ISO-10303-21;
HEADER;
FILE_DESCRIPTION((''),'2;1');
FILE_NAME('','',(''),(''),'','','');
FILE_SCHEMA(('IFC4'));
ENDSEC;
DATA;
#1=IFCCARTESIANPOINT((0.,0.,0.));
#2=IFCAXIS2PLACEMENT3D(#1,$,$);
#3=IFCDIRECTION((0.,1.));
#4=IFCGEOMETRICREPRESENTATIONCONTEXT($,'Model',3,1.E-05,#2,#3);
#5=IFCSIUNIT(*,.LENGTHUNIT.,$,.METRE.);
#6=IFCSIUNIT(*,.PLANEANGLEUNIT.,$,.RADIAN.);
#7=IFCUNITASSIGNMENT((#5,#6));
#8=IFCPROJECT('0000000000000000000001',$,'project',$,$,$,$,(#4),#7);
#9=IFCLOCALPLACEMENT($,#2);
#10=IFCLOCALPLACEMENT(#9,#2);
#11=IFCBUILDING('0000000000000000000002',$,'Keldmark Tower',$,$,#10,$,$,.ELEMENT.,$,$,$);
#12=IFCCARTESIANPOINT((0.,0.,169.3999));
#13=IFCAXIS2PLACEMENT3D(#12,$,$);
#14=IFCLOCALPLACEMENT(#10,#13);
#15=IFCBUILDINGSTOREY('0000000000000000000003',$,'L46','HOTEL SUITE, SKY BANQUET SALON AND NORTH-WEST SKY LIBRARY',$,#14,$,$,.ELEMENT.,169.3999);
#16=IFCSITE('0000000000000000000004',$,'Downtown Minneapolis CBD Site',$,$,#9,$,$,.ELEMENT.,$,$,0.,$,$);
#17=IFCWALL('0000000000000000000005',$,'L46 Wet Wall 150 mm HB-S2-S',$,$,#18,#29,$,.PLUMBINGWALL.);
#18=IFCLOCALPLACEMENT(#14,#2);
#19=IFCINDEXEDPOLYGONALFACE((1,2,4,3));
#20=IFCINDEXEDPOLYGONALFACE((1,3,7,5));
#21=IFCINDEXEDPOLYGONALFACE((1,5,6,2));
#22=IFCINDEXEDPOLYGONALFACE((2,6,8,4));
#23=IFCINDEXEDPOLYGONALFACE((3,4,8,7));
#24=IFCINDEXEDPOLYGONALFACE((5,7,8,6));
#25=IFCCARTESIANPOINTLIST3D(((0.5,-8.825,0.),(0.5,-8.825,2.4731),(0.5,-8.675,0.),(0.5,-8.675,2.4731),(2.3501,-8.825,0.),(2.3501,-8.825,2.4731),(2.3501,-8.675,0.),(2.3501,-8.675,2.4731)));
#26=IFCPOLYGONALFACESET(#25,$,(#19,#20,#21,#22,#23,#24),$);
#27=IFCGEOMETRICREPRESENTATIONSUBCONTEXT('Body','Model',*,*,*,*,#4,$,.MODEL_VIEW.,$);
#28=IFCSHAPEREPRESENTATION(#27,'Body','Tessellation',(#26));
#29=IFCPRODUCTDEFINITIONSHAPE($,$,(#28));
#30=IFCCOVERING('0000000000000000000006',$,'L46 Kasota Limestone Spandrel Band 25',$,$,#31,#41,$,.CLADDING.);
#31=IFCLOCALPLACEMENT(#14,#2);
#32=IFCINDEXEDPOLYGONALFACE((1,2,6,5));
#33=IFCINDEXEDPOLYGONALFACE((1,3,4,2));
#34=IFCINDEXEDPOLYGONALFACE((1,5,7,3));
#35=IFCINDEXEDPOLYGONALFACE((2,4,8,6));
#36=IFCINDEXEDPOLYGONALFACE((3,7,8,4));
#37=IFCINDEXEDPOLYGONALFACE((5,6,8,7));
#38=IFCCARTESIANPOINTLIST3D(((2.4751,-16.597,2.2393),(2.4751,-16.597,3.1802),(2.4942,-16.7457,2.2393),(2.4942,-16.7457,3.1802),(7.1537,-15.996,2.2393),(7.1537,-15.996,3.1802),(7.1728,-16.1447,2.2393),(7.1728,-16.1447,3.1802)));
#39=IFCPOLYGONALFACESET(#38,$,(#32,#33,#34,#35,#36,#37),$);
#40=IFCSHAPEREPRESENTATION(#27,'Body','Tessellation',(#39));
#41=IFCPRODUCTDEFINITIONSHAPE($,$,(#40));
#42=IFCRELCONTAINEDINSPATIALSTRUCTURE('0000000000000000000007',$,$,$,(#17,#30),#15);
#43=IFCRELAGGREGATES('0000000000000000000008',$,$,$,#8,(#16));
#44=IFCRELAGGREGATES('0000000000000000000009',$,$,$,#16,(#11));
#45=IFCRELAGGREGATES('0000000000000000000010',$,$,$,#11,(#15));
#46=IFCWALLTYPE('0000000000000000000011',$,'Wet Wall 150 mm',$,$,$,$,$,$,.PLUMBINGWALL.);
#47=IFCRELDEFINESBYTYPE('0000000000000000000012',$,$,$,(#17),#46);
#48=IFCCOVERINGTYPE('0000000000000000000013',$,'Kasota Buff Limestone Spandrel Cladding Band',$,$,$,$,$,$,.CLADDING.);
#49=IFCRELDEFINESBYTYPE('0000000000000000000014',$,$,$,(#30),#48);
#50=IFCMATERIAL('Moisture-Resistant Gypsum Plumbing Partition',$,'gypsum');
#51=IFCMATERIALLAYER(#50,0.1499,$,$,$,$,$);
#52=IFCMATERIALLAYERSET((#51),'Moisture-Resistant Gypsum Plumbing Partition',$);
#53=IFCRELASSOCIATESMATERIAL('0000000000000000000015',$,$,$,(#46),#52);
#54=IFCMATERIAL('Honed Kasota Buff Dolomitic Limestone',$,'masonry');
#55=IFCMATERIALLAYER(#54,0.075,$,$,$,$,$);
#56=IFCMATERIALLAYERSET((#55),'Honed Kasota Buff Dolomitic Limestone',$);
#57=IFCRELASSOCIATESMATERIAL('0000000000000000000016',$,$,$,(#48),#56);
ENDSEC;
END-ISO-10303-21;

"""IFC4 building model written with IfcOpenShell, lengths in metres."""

from ifc_helpers import new_model, si_unit, direction, frame, frame_2d, origin, origin_2d, place, context, subcontext, project, spatial, rectangle, extrude, material, layer, layer_set, type_object, element, save


model = new_model("IFC4")

# Units and contexts
model_context = context("Model", 3, precision=1e-05, world=origin(), true_north=direction((0.0, 1.0)))
body_context = subcontext(model_context, "Body", "Model", "MODEL_VIEW")
ifc_project = project(units=[si_unit("LENGTHUNIT", "METRE"), si_unit("PLANEANGLEUNIT", "RADIAN")], contexts=[model_context])

# Site, building, storey
site_placement = place(None, origin())
site = spatial("IfcSite", under=ifc_project, at=site_placement, Name="Downtown Minneapolis CBD Site", CompositionType="ELEMENT", RefElevation=0.0)
building_placement = place(site_placement, origin())
building = spatial("IfcBuilding", under=site, at=building_placement, Name="Keldmark Tower", CompositionType="ELEMENT")
storey_placement = place(building_placement, frame((0.0, 0.0, 169.3999)))
storey = spatial("IfcBuildingStorey", under=building, at=storey_placement, Name="L46", Description="HOTEL SUITE, SKY BANQUET SALON AND NORTH-WEST SKY LIBRARY", CompositionType="ELEMENT", Elevation=169.3999)

# Shared definitions
ifc_material_1 = material(Name="Moisture-Resistant Gypsum Plumbing Partition", Category="gypsum")
ifc_layer_1 = layer(ifc_material_1, 0.1499)
ifc_layer_set_1 = layer_set([ifc_layer_1], Name="Moisture-Resistant Gypsum Plumbing Partition")
wall_type_1 = type_object("IfcWallType", Name="Wet Wall 150 mm", PredefinedType="PLUMBINGWALL", material=ifc_layer_set_1)

# Wall
wall_1_placement = place(storey_placement, frame((0.5, -8.75, 0.0), z_axis=(0.0, 0.0, 1.0), x_axis=(1.0, 0.0, 0.0)))
element("IfcWall", 1, at=wall_1_placement, inside=storey, type_object=wall_type_1, Name="L46 Wet Wall 150 mm HB-S2-S", PredefinedType="PLUMBINGWALL", context=body_context, shape_type="SweptSolid", body=[
    extrude(rectangle(XDim=1.8501, YDim=0.1499, at=frame_2d((0.925, 0.0))), origin(), (0.0, 0.0, 1.0), 2.4731),
])

# Covering
ifc_material_2 = material(Name="Honed Kasota Buff Dolomitic Limestone", Category="masonry")
ifc_layer_2 = layer(ifc_material_2, 0.075)
ifc_layer_set_2 = layer_set([ifc_layer_2], Name="Honed Kasota Buff Dolomitic Limestone")
covering_type = type_object("IfcCoveringType", Name="Kasota Buff Limestone Spandrel Cladding Band", PredefinedType="CLADDING", material=ifc_layer_set_2)
covering_placement = place(storey_placement, frame((4.824, -16.3708, 2.2393), z_axis=(0.0, 0.0, 1.0), x_axis=(0.99185, 0.127411, 0.0)))
element("IfcCovering", 2, at=covering_placement, inside=storey, type_object=covering_type, Name="L46 Kasota Limestone Spandrel Band 25", PredefinedType="CLADDING", context=body_context, shape_type="SweptSolid", body=[
    extrude(rectangle(XDim=4.717, YDim=0.1499, at=origin_2d()), origin(), (0.0, 0.0, 1.0), 0.9409),
])

save(model, "model.ifc")
